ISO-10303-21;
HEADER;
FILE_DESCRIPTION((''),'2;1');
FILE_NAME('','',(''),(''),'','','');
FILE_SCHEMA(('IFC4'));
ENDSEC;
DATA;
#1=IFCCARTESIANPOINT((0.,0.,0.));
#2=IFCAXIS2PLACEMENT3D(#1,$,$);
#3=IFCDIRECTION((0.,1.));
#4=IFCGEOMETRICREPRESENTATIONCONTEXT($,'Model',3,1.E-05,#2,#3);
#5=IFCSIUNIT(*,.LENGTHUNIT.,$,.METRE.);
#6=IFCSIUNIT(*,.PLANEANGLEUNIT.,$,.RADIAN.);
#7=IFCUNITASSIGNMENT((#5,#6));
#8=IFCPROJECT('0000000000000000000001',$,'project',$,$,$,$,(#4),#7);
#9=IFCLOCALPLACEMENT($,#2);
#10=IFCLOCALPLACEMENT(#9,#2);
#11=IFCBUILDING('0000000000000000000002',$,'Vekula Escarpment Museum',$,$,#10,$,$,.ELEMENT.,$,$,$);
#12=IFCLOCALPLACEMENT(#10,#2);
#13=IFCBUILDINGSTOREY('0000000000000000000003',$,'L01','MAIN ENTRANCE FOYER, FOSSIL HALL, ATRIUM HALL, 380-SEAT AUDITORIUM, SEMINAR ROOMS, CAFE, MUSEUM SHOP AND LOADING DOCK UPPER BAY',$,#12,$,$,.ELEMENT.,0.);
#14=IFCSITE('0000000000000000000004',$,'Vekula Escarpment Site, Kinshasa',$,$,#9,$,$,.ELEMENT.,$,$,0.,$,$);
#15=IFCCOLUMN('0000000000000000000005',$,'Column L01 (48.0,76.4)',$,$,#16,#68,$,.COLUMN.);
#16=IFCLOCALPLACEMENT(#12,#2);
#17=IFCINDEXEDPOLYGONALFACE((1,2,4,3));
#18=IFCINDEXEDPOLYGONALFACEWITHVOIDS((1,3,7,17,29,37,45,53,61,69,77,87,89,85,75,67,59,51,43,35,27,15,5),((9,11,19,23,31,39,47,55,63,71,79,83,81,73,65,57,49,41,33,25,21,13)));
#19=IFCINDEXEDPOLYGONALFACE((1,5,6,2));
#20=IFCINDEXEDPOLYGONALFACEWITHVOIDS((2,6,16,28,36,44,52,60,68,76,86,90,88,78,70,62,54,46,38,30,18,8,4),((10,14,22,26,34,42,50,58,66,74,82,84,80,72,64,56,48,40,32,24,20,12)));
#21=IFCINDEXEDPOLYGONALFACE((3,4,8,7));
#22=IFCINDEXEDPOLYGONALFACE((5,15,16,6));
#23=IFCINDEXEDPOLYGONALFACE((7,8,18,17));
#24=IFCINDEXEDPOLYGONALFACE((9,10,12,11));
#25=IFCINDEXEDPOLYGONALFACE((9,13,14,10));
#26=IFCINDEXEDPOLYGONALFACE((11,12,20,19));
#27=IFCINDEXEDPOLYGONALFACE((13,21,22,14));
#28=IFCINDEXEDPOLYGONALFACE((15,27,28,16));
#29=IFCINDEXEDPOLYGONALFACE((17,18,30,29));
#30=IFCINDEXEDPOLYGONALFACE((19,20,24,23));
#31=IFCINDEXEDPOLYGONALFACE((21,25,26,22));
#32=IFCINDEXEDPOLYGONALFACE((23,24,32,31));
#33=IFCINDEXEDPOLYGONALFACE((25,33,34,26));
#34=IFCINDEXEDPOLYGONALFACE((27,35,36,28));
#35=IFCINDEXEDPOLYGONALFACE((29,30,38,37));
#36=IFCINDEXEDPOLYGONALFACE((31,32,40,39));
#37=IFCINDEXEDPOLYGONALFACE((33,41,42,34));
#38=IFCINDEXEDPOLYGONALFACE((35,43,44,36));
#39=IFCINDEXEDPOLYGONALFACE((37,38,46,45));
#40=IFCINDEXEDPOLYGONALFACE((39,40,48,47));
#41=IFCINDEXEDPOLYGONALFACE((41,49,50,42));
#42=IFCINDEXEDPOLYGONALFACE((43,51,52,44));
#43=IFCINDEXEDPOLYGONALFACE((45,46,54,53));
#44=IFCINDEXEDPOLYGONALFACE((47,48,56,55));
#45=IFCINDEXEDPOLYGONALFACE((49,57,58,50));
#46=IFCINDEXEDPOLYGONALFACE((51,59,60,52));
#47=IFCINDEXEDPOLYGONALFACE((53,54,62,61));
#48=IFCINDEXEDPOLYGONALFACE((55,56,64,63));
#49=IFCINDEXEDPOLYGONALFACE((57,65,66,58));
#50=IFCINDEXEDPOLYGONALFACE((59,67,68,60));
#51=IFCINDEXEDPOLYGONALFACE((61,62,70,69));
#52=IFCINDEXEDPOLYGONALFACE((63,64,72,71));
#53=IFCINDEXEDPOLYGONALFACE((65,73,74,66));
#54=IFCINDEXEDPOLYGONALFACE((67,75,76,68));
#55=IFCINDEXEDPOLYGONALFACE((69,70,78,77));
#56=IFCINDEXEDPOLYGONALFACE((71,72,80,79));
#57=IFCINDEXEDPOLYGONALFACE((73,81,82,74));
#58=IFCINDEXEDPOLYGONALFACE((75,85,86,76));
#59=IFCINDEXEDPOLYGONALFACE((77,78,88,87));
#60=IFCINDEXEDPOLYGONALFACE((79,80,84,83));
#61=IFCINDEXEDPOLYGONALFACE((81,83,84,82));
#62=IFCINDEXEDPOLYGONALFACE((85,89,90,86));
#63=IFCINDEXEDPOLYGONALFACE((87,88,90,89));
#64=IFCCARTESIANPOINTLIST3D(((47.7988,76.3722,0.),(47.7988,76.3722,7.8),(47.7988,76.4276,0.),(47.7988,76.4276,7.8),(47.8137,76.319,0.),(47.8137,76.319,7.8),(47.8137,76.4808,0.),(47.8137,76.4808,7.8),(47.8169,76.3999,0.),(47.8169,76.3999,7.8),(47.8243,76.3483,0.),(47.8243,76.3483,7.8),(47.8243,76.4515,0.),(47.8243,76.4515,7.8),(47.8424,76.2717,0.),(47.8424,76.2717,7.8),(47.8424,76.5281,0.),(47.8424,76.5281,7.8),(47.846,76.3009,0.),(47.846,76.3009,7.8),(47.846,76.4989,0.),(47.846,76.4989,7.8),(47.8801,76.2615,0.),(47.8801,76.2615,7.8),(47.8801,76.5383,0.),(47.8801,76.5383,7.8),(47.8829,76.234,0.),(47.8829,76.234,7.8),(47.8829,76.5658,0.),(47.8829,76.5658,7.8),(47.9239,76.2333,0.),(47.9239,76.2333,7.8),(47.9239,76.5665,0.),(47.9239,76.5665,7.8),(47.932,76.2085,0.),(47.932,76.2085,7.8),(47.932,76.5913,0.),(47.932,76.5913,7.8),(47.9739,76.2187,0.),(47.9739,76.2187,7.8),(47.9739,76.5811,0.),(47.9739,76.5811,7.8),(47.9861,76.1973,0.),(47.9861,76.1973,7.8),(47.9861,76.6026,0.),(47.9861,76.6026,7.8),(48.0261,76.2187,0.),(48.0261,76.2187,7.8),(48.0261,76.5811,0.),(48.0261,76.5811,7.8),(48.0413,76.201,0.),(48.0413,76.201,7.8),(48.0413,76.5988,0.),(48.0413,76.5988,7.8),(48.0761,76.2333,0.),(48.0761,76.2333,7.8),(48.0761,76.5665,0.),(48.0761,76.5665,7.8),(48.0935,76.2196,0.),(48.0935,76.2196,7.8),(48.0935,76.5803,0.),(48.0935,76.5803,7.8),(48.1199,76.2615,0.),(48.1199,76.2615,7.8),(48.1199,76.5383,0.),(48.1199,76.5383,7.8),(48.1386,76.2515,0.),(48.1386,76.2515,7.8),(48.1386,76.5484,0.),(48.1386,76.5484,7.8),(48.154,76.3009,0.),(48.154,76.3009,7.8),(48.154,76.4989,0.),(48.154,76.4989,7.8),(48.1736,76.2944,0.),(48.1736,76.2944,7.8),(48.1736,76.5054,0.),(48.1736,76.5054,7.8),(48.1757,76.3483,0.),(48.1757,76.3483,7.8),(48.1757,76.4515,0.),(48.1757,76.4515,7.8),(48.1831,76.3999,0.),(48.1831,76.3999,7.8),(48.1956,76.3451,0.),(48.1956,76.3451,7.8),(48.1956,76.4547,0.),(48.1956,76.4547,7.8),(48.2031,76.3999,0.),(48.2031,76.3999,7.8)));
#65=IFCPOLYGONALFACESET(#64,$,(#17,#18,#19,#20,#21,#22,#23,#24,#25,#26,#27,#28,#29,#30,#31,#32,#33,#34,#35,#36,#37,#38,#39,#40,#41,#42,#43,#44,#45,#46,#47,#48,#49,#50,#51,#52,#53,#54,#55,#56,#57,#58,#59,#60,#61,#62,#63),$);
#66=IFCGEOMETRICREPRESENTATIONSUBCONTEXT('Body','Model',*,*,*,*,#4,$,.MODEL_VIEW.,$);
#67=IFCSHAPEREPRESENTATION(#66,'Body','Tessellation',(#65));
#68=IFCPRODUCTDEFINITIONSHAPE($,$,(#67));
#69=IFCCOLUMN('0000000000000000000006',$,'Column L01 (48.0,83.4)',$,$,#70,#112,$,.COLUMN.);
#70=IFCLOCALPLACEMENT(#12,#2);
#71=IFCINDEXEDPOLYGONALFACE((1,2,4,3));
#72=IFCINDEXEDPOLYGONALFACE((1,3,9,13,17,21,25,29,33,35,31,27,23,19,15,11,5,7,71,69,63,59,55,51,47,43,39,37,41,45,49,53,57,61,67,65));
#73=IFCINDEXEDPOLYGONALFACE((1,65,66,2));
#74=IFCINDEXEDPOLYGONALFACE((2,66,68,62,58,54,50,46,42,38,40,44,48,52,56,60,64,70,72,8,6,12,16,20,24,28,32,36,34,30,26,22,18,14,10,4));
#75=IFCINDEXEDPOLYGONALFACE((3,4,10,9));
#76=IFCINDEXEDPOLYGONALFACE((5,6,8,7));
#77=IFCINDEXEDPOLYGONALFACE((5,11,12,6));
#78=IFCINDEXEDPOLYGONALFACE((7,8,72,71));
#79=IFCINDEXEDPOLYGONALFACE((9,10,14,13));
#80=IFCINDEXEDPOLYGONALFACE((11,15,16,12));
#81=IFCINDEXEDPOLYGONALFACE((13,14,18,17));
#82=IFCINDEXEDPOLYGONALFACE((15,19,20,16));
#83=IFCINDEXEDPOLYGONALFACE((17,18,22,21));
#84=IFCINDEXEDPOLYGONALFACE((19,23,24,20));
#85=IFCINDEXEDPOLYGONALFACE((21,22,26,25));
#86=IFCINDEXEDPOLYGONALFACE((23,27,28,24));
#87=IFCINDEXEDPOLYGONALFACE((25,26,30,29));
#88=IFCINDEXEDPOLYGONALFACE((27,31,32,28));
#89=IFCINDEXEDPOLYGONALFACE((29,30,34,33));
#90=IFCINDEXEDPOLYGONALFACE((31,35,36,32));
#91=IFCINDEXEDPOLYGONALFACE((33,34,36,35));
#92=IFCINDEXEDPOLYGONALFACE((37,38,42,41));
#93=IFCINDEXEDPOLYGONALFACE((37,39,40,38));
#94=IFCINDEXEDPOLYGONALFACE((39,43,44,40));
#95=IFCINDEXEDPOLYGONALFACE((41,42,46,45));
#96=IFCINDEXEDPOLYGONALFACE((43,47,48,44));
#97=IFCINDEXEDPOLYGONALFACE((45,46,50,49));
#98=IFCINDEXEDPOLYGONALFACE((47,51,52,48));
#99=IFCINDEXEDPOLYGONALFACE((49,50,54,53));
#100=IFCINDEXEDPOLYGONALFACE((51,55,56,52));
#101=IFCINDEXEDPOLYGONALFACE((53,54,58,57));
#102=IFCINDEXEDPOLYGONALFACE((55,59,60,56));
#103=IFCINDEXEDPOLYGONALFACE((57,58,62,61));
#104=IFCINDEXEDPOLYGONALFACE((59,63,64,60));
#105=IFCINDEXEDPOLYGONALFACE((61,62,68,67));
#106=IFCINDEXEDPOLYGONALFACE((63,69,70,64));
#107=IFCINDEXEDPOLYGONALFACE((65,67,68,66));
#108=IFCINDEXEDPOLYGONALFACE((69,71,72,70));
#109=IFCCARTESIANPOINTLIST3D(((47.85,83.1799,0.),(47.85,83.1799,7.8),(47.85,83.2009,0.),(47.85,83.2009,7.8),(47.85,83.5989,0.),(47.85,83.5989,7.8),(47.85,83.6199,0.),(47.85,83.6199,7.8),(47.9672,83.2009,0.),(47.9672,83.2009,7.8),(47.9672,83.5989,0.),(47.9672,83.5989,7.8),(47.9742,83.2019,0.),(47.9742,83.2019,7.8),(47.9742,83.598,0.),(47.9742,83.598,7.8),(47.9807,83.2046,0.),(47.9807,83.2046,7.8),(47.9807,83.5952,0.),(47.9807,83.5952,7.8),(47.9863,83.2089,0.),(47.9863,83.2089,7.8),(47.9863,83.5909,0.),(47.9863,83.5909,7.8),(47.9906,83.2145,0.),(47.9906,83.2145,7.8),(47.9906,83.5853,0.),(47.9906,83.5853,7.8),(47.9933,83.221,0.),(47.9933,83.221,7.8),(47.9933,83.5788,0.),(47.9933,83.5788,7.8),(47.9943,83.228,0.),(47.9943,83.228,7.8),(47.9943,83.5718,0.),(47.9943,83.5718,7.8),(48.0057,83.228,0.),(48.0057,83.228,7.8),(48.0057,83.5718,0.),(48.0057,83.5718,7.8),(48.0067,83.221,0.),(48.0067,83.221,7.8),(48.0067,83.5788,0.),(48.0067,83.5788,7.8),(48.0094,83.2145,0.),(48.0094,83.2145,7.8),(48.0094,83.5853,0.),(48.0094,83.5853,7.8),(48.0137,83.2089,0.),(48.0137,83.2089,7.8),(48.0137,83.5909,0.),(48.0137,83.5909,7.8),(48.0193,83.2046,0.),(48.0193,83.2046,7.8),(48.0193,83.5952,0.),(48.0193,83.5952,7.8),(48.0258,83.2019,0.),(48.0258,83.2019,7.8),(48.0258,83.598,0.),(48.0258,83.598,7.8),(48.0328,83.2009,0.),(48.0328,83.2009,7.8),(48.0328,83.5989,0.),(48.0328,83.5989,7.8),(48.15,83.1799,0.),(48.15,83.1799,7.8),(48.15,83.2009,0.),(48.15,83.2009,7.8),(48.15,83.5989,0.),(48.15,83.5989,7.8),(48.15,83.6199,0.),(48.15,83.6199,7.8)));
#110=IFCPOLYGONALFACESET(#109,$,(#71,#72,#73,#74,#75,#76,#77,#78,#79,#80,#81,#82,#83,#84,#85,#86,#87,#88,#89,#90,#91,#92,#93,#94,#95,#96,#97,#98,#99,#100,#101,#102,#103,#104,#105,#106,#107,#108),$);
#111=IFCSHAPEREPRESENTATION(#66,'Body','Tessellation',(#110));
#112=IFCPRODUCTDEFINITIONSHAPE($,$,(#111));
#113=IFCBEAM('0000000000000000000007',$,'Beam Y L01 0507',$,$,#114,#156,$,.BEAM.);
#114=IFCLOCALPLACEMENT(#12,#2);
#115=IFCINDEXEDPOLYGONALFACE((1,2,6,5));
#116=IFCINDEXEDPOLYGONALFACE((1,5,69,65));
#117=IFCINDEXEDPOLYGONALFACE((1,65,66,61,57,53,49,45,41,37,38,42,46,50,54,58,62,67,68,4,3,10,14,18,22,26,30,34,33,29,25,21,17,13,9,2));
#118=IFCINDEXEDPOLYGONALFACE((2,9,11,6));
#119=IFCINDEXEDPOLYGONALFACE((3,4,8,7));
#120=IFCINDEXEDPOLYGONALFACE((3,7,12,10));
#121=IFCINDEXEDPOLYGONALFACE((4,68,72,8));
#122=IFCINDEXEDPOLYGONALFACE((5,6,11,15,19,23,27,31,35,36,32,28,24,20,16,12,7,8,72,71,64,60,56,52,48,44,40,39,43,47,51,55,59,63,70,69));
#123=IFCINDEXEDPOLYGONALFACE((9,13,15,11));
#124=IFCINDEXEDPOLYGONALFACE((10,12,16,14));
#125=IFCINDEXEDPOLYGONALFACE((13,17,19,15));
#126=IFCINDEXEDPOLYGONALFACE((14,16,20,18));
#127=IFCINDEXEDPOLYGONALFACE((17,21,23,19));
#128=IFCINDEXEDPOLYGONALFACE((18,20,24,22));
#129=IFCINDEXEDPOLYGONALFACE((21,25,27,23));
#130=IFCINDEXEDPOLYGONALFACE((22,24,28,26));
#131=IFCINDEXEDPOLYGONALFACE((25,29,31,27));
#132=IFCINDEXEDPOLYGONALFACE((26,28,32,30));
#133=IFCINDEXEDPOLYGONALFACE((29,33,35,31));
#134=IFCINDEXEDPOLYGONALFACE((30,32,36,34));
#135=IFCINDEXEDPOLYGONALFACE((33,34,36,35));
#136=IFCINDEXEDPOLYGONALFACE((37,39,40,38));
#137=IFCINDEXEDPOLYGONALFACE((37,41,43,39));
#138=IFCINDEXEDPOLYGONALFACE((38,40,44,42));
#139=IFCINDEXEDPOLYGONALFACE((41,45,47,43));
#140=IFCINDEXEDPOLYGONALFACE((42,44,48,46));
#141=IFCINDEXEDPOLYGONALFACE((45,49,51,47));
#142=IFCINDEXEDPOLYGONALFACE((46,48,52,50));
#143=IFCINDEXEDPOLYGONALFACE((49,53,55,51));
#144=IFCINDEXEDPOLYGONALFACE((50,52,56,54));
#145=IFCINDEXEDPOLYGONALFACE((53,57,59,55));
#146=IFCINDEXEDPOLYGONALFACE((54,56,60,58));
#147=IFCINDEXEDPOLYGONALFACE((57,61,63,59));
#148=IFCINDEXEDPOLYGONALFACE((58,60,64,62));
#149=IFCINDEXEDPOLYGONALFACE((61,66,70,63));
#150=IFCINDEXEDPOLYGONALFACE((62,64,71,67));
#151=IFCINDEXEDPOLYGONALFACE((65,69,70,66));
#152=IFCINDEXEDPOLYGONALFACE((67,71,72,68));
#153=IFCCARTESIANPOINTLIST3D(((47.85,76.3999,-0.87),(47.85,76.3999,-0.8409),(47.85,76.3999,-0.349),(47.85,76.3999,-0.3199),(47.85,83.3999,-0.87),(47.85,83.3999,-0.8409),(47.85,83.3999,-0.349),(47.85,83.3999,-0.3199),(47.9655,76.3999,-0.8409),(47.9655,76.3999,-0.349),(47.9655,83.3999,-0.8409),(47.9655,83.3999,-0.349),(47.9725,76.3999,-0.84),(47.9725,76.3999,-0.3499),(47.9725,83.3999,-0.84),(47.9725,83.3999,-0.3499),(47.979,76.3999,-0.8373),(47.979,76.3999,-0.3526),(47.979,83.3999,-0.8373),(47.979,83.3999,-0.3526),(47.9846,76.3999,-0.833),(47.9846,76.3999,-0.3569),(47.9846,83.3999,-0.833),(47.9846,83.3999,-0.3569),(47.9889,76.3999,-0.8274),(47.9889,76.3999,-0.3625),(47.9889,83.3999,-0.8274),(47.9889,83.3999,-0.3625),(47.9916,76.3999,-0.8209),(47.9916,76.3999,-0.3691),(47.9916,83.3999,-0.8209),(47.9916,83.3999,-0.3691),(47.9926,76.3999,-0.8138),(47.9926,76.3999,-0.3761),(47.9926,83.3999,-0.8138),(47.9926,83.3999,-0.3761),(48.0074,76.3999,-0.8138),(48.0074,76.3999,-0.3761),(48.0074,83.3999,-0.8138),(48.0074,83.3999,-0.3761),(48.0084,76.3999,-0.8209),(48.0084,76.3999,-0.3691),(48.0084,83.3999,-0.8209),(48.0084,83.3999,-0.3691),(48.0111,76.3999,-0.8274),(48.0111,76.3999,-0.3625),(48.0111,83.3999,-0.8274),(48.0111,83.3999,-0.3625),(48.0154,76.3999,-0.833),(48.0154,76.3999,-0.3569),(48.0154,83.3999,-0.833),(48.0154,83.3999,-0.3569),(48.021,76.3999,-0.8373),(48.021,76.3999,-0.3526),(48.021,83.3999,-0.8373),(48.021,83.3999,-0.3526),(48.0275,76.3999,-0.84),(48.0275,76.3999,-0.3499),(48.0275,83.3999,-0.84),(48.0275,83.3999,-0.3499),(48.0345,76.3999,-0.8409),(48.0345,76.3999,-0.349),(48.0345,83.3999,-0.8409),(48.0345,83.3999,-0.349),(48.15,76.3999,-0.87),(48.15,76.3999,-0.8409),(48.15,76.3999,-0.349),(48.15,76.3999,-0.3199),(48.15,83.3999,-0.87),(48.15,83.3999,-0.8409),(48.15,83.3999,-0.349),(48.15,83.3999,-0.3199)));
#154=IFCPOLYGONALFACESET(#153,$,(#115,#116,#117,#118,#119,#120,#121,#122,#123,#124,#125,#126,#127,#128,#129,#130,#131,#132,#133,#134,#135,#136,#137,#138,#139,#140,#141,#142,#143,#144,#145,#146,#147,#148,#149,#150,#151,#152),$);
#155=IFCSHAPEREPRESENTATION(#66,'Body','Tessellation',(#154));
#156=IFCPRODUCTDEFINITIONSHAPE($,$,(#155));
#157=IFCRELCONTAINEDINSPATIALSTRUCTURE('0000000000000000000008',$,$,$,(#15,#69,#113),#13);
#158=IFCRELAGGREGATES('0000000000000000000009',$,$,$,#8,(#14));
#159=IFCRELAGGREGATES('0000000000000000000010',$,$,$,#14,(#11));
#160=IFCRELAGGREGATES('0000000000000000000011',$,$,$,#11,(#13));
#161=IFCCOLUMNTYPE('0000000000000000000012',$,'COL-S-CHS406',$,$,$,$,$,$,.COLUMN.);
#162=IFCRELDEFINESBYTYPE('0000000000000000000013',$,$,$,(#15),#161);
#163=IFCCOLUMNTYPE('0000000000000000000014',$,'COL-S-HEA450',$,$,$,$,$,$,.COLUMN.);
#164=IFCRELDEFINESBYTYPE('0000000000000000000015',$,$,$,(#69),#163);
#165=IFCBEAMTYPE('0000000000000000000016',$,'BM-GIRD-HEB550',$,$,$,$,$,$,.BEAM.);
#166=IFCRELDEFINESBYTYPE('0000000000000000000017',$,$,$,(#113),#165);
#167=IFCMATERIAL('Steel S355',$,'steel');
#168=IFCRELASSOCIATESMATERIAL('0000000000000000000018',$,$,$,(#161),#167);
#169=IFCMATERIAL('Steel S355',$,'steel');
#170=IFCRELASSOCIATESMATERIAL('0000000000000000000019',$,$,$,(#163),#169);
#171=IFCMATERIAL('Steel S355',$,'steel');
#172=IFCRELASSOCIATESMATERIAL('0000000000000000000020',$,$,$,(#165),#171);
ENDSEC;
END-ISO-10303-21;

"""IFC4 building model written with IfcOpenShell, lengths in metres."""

from ifc_helpers import new_model, si_unit, direction, frame, origin, origin_2d, place, context, subcontext, project, spatial, hollow_circle, i_section, extrude, material, material_profile, profile_set, type_object, element, save


model = new_model("IFC4")

# Units and contexts
model_context = context("Model", 3, precision=1e-05, world=origin(), true_north=direction((0.0, 1.0)))
body_context = subcontext(model_context, "Body", "Model", "MODEL_VIEW")
ifc_project = project(units=[si_unit("LENGTHUNIT", "METRE"), si_unit("PLANEANGLEUNIT", "RADIAN")], contexts=[model_context])

# Site, building, storey
site_placement = place(None, origin())
site = spatial("IfcSite", under=ifc_project, at=site_placement, Name="Vekula Escarpment Site, Kinshasa", CompositionType="ELEMENT", RefElevation=0.0)
building_placement = place(site_placement, origin())
building = spatial("IfcBuilding", under=site, at=building_placement, Name="Vekula Escarpment Museum", CompositionType="ELEMENT")
storey_placement = place(building_placement, origin())
storey = spatial("IfcBuildingStorey", under=building, at=storey_placement, Name="L01", Description="MAIN ENTRANCE FOYER, FOSSIL HALL, ATRIUM HALL, 380-SEAT AUDITORIUM, SEMINAR ROOMS, CAFE, MUSEUM SHOP AND LOADING DOCK UPPER BAY", CompositionType="ELEMENT", Elevation=0.0)

# Columns
ifc_material_1 = material(Name="Steel S355", Category="steel")
ifc_material_profile_1 = material_profile(ifc_material_1, hollow_circle(Radius=0.2031, WallThickness=0.02, at=origin_2d()), Name="CHS 406.4x20")
ifc_profile_set_1 = profile_set([ifc_material_profile_1], Name="Steel S355")
column_type_1 = type_object("IfcColumnType", Name="COL-S-CHS406", PredefinedType="COLUMN", material=ifc_profile_set_1)
column_1_placement = place(storey_placement, frame((48.0, 76.3999, 0.0), z_axis=(0.0, 0.0, 1.0), x_axis=(1.0, 0.0, 0.0)))
element("IfcColumn", 1, at=column_1_placement, inside=storey, type_object=column_type_1, Name="Column L01 (48.0,76.4)", PredefinedType="COLUMN", context=body_context, shape_type="SweptSolid", body=[
    extrude(hollow_circle(Radius=0.2031, WallThickness=0.02, at=origin_2d()), origin(), (0.0, 0.0, 1.0), 7.8),
])
ifc_material_2 = material(Name="Steel S355", Category="steel")
ifc_material_profile_2 = material_profile(ifc_material_2, i_section(OverallWidth=0.3, OverallDepth=0.4399, WebThickness=0.0115, FlangeThickness=0.021, FilletRadius=0.0271, at=origin_2d()), Name="HEA 450")
ifc_profile_set_2 = profile_set([ifc_material_profile_2], Name="Steel S355")
column_type_2 = type_object("IfcColumnType", Name="COL-S-HEA450", PredefinedType="COLUMN", material=ifc_profile_set_2)
column_2_placement = place(storey_placement, frame((48.0, 83.3999, 0.0), z_axis=(0.0, 0.0, 1.0), x_axis=(1.0, 0.0, 0.0)))
element("IfcColumn", 2, at=column_2_placement, inside=storey, type_object=column_type_2, Name="Column L01 (48.0,83.4)", PredefinedType="COLUMN", context=body_context, shape_type="SweptSolid", body=[
    extrude(i_section(OverallWidth=0.3, OverallDepth=0.4399, WebThickness=0.0115, FlangeThickness=0.021, FilletRadius=0.0271, at=origin_2d()), origin(), (0.0, 0.0, 1.0), 7.8),
])

# Beam
ifc_material_3 = material(Name="Steel S355", Category="steel")
ifc_material_profile_3 = material_profile(ifc_material_3, i_section(OverallWidth=0.3, OverallDepth=0.55, WebThickness=0.0149, FlangeThickness=0.0291, FilletRadius=0.0271, at=origin_2d()), Name="HEB 550")
ifc_profile_set_3 = profile_set([ifc_material_profile_3], Name="Steel S355")
beam_type_1 = type_object("IfcBeamType", Name="BM-GIRD-HEB550", PredefinedType="BEAM", material=ifc_profile_set_3)
for number, where, z_axis, x_axis, name in (
    (3, (48.0, 76.3999, -0.595), (0.0, 1.0, 0.0), (-1.0, 0.0, 0.0), "Beam Y L01 0507"),
):
    element("IfcBeam", number, at=place(storey_placement, frame(where, z_axis=z_axis, x_axis=x_axis)), inside=storey, type_object=beam_type_1, Name=name, PredefinedType="BEAM", context=body_context, shape_type="SweptSolid", body=[
        extrude(i_section(OverallWidth=0.3, OverallDepth=0.55, WebThickness=0.0149, FlangeThickness=0.0291, FilletRadius=0.0271, at=origin_2d()), origin(), (0.0, 0.0, 1.0), 7.0),
    ])

save(model, "model.ifc")
